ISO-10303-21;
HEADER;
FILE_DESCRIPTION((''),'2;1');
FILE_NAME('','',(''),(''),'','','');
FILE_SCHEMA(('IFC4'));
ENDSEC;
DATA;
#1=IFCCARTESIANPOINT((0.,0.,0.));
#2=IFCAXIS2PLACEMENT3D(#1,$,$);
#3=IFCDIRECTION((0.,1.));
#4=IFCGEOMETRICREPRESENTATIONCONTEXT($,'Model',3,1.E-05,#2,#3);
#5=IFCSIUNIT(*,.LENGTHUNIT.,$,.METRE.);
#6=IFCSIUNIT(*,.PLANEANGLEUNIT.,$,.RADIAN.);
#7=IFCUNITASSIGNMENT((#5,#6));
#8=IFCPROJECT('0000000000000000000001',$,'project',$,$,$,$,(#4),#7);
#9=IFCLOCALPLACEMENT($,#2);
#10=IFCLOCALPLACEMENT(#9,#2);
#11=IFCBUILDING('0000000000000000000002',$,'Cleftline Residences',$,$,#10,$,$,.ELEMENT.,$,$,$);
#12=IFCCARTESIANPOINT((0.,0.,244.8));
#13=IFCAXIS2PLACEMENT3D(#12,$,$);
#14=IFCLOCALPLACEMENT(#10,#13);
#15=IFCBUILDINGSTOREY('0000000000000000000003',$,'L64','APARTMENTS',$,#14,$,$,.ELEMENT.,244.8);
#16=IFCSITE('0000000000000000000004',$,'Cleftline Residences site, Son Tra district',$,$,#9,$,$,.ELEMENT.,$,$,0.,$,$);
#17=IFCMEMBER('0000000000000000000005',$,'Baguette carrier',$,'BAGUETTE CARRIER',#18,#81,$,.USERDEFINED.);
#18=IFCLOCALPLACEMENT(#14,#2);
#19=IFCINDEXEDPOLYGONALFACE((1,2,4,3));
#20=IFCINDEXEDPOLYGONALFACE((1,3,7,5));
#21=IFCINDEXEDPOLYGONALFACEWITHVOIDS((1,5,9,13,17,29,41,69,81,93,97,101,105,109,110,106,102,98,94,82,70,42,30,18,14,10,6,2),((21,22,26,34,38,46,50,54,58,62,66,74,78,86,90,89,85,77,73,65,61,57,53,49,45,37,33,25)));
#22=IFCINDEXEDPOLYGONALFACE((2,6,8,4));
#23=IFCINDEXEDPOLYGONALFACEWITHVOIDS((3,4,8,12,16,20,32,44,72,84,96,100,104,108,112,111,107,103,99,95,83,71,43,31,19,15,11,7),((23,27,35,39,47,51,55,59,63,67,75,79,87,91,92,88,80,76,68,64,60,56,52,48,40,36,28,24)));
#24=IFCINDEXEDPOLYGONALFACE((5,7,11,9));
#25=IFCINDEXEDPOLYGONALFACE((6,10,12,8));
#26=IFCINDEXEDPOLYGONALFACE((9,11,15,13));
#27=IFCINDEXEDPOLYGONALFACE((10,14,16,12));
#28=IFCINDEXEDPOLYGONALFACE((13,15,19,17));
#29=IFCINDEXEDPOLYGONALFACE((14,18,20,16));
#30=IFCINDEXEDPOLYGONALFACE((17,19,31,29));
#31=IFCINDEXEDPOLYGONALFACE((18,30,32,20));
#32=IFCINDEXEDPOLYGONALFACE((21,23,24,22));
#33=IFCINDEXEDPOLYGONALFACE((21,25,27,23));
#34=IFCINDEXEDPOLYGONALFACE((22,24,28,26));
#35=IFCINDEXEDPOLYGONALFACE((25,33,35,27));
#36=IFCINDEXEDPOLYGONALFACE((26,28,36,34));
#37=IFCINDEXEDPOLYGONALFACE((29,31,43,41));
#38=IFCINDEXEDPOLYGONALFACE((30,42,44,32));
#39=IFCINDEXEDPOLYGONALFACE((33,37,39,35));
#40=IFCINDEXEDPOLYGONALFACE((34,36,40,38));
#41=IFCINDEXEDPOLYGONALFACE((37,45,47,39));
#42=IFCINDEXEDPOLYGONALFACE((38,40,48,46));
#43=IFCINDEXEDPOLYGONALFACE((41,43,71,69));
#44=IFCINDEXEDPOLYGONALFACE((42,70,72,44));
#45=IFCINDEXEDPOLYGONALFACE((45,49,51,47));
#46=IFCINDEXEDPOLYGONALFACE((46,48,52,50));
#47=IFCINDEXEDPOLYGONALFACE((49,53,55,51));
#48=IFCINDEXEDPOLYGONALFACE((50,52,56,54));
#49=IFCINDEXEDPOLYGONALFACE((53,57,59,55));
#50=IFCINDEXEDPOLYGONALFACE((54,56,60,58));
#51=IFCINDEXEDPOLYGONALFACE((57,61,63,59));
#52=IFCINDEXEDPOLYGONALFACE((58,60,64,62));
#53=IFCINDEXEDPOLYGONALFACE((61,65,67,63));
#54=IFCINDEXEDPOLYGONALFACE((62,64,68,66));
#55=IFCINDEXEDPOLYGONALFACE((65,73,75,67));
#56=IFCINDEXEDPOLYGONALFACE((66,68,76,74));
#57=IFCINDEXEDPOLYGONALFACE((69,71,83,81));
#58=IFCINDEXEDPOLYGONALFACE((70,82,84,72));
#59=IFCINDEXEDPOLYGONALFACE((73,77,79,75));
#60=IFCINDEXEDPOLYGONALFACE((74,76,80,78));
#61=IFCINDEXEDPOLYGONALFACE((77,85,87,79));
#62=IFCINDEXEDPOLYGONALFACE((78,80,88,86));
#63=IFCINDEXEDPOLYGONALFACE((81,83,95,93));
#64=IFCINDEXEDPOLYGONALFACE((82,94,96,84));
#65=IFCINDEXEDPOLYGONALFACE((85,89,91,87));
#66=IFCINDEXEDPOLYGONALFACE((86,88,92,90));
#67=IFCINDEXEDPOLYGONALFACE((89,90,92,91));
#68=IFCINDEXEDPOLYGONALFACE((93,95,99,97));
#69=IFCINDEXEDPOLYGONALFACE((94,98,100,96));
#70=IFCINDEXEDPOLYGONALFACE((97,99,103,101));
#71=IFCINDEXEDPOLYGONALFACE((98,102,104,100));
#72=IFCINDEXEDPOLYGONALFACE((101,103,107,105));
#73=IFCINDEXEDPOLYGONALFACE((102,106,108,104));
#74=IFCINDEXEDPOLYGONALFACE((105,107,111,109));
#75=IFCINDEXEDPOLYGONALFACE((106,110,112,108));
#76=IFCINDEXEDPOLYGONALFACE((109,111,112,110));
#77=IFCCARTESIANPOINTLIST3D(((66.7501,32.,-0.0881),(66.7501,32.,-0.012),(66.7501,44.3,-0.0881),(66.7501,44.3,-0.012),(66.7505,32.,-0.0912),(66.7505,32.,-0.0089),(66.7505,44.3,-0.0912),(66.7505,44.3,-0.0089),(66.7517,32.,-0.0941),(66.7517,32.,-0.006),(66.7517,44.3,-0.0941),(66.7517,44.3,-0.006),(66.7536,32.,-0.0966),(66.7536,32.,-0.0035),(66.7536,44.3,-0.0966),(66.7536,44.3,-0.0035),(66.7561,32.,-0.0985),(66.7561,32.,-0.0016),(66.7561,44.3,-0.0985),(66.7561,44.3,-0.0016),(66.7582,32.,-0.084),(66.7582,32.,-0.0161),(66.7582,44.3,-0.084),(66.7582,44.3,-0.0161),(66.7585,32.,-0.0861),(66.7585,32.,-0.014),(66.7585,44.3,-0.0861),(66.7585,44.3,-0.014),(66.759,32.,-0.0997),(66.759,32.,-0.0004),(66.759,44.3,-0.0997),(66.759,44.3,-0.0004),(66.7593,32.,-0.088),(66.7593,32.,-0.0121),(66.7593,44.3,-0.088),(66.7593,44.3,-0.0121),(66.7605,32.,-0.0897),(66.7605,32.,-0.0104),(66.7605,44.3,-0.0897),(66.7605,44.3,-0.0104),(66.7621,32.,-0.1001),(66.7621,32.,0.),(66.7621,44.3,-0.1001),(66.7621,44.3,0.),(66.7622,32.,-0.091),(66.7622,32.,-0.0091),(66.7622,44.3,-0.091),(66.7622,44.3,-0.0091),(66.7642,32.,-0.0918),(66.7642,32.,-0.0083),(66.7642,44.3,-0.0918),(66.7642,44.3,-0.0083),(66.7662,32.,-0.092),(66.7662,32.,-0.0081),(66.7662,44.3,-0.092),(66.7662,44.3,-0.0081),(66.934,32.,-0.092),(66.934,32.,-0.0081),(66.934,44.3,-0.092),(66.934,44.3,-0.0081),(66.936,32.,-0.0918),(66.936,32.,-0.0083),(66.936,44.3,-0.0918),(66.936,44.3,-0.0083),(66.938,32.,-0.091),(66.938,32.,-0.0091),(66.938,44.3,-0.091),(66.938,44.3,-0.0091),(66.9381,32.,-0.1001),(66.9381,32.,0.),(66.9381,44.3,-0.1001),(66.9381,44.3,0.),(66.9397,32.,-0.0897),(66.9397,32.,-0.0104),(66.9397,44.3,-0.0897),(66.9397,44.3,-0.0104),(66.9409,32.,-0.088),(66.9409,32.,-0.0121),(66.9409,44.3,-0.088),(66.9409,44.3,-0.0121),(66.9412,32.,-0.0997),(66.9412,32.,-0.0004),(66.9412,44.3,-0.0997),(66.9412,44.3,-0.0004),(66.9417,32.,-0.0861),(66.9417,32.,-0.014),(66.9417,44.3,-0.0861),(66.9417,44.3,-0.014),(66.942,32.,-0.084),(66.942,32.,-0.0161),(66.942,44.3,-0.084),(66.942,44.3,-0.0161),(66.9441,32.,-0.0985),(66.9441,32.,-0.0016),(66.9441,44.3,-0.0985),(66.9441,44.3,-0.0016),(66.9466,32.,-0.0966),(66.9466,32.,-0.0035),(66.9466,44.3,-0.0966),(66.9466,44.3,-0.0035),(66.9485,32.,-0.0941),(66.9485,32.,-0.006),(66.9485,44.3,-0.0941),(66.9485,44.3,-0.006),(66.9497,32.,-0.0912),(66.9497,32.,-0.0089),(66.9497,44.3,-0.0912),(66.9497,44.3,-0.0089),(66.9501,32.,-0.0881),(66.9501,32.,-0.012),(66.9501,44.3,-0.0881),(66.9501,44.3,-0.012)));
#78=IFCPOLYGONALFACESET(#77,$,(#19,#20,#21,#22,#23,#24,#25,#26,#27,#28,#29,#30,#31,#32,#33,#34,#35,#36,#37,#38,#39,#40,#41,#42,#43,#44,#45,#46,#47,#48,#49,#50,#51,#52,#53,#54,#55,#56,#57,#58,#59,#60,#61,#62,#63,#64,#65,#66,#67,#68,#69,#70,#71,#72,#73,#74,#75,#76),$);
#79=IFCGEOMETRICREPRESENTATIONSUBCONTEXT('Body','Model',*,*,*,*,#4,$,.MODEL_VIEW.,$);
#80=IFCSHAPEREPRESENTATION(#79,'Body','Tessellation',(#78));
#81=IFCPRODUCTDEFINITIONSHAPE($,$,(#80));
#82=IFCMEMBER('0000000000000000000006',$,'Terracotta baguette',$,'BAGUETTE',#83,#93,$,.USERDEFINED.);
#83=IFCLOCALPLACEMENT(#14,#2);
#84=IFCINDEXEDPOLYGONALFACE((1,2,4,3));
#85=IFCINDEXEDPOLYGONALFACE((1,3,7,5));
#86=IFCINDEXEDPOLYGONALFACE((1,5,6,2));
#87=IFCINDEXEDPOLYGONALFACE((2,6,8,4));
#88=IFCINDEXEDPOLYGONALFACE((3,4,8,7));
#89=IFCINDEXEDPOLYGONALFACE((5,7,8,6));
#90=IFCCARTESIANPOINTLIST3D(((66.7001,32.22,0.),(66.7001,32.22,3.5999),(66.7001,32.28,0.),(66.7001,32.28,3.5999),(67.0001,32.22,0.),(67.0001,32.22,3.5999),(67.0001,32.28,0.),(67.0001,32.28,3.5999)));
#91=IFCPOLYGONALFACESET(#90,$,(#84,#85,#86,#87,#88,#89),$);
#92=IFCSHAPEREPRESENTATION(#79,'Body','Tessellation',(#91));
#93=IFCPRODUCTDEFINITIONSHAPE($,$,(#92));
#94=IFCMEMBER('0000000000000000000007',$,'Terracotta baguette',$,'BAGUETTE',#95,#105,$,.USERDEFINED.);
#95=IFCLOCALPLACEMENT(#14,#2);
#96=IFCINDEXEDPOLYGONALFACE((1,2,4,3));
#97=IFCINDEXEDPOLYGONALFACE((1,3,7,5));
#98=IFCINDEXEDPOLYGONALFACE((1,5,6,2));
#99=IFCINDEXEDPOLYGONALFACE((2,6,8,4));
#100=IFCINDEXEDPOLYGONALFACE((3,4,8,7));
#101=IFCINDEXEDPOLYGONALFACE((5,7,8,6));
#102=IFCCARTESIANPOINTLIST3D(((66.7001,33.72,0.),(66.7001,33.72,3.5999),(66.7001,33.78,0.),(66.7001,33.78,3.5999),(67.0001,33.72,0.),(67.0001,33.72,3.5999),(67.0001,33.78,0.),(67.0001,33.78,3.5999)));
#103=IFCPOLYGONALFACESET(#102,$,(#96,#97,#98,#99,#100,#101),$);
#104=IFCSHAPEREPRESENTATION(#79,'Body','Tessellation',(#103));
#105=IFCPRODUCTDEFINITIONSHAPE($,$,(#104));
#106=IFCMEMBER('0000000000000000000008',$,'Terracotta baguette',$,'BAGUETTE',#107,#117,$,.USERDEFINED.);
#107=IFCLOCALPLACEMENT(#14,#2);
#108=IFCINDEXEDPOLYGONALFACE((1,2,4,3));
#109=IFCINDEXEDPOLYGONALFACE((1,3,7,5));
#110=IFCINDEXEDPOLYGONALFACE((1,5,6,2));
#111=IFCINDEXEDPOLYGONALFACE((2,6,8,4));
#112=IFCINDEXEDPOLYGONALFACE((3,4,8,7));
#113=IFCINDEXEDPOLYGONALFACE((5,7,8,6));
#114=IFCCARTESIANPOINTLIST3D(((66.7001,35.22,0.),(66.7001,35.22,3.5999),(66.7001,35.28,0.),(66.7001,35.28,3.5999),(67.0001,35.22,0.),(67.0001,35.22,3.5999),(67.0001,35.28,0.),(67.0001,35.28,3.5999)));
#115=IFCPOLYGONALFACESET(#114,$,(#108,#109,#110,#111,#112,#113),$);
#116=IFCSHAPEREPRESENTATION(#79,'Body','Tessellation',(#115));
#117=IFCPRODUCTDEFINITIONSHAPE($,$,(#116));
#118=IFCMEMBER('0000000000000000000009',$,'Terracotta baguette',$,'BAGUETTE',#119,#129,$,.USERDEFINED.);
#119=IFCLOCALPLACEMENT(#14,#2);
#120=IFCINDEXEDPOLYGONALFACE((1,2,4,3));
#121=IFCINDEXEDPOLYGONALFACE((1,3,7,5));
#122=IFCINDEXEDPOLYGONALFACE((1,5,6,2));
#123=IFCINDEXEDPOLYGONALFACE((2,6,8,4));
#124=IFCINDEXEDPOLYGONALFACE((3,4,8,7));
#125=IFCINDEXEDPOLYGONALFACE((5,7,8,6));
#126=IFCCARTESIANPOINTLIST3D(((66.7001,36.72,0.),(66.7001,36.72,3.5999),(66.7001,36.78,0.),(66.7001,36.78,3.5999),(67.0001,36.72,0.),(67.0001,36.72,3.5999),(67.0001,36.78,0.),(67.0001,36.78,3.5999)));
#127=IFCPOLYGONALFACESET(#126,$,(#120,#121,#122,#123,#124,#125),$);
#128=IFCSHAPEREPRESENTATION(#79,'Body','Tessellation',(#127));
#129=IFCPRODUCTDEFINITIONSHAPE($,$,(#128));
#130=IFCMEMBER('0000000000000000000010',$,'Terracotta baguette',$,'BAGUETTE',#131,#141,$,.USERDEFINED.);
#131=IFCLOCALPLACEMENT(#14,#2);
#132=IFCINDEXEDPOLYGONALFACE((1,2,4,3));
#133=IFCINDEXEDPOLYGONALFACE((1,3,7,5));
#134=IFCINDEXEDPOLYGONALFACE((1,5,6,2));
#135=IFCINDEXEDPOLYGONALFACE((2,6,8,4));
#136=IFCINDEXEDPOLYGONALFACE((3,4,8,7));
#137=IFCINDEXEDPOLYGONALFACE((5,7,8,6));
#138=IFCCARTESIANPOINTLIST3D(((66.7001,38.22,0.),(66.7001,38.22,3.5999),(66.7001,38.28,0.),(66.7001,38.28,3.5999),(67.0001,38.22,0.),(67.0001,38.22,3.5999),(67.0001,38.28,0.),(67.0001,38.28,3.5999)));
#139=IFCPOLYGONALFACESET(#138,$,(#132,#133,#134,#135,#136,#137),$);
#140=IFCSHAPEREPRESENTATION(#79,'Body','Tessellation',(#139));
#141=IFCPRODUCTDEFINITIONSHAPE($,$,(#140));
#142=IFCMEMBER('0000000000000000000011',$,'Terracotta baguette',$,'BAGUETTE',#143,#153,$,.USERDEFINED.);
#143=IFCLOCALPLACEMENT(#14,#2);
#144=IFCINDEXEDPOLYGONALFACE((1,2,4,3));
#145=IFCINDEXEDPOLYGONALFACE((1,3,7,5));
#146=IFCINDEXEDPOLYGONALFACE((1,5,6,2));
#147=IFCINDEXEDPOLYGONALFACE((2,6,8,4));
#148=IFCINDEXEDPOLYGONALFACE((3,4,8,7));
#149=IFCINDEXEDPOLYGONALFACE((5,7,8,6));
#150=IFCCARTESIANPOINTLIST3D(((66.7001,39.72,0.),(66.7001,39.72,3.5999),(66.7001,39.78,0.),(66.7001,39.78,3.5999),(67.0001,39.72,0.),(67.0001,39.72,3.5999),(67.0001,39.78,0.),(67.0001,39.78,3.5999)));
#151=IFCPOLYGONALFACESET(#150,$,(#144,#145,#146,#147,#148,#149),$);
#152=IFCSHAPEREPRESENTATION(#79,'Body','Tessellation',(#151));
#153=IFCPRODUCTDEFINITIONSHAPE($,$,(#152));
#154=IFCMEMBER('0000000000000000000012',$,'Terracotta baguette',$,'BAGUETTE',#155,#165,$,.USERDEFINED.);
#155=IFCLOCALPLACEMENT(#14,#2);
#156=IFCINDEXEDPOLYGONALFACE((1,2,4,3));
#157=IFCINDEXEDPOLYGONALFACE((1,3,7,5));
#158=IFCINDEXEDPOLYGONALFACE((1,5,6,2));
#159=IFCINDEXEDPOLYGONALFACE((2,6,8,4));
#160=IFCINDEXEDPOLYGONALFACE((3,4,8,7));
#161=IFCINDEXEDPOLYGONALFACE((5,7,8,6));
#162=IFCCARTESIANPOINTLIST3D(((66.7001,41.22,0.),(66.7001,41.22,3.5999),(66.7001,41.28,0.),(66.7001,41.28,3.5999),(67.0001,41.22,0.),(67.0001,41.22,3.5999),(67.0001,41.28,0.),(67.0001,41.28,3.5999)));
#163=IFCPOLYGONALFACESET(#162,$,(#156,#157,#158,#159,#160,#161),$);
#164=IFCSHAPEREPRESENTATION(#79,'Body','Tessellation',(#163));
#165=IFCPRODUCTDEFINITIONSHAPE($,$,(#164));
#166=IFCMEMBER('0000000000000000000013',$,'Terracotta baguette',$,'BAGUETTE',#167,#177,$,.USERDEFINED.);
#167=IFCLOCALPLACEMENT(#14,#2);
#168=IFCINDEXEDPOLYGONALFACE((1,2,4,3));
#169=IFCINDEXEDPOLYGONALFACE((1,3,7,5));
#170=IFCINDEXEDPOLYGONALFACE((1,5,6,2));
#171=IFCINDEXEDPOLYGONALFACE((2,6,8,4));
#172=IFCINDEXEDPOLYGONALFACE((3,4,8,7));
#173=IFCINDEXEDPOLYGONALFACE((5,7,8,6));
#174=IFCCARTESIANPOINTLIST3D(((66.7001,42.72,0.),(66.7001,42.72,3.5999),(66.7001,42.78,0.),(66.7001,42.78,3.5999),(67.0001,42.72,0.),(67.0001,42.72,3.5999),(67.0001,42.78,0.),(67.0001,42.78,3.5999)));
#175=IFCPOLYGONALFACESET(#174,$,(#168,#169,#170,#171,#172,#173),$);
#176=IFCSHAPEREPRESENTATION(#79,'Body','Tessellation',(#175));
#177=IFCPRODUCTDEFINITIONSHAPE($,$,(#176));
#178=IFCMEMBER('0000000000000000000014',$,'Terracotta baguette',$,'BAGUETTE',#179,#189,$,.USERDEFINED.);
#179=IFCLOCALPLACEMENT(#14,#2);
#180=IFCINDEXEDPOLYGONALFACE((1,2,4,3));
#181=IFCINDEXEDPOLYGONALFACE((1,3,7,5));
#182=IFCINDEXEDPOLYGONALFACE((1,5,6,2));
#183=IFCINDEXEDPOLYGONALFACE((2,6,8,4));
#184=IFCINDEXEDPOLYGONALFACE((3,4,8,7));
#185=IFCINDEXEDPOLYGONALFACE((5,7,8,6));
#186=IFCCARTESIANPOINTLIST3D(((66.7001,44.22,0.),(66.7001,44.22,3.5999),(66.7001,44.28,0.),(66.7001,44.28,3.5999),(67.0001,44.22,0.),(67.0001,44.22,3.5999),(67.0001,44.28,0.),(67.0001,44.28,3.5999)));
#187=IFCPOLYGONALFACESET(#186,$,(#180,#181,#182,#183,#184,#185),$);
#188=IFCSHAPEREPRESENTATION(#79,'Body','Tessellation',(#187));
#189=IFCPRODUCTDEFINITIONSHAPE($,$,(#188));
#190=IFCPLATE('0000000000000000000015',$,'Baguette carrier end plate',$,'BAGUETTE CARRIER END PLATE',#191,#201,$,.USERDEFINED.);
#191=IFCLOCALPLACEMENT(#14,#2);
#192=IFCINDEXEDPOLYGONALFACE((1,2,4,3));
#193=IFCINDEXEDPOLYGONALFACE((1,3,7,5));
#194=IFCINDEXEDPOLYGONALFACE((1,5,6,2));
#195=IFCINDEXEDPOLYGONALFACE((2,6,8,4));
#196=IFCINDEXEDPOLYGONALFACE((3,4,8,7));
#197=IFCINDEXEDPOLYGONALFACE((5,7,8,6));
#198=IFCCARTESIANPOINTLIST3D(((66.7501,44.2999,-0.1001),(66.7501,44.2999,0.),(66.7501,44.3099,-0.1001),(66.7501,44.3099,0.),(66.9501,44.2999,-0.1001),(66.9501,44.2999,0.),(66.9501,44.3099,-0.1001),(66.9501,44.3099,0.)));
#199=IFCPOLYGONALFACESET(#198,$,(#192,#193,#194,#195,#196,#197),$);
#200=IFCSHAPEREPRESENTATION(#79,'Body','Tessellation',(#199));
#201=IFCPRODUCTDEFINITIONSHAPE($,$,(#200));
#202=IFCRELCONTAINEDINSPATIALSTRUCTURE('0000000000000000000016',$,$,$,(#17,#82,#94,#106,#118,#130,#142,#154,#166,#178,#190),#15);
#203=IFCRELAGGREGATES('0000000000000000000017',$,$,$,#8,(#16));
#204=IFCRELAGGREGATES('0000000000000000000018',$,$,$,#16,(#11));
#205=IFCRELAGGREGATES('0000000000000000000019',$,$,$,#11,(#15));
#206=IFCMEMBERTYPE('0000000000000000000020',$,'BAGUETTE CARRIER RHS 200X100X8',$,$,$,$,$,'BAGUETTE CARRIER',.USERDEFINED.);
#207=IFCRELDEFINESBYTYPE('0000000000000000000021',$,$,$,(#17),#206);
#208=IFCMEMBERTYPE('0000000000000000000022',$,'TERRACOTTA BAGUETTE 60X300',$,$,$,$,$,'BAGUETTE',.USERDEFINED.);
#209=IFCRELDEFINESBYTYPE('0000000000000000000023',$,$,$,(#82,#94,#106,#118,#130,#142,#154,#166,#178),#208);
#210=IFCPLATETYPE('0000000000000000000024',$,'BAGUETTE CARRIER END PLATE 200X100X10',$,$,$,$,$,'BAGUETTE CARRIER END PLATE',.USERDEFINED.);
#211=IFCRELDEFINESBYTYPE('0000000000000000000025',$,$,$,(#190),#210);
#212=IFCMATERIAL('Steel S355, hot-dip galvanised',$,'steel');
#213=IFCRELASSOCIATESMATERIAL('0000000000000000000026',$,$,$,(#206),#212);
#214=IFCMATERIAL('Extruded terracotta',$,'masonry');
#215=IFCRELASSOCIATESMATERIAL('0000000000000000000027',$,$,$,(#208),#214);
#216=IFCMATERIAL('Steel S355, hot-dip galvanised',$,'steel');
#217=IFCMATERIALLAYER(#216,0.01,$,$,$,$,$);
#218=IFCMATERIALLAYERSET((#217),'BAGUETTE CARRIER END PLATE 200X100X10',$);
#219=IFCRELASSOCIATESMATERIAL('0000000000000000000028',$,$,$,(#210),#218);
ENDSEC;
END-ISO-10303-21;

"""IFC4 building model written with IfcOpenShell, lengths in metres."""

from ifc_helpers import new_model, si_unit, direction, frame, origin, origin_2d, place, context, subcontext, project, spatial, rectangle, hollow_rectangle, extrude, material, layer, layer_set, material_profile, profile_set, type_object, element, save


model = new_model("IFC4")

# Units and contexts
model_context = context("Model", 3, precision=1e-05, world=origin(), true_north=direction((0.0, 1.0)))
body_context = subcontext(model_context, "Body", "Model", "MODEL_VIEW")
ifc_project = project(units=[si_unit("LENGTHUNIT", "METRE"), si_unit("PLANEANGLEUNIT", "RADIAN")], contexts=[model_context])

# Site, building, storey
site_placement = place(None, origin())
site = spatial("IfcSite", under=ifc_project, at=site_placement, Name="Cleftline Residences site, Son Tra district", CompositionType="ELEMENT", RefElevation=0.0)
building_placement = place(site_placement, origin())
building = spatial("IfcBuilding", under=site, at=building_placement, Name="Cleftline Residences", CompositionType="ELEMENT")
storey_placement = place(building_placement, frame((0.0, 0.0, 244.8)))
storey = spatial("IfcBuildingStorey", under=building, at=storey_placement, Name="L64", Description="APARTMENTS", CompositionType="ELEMENT", Elevation=244.8)

# Members
ifc_material_1 = material(Name="Steel S355, hot-dip galvanised", Category="steel")
ifc_material_profile_1 = material_profile(ifc_material_1, hollow_rectangle(XDim=0.1001, YDim=0.2, WallThickness=0.0081, InnerFilletRadius=0.0081, OuterFilletRadius=0.012, at=origin_2d()))
ifc_profile_set_1 = profile_set([ifc_material_profile_1], Name="Steel S355, hot-dip galvanised")
member_type_1 = type_object("IfcMemberType", Name="BAGUETTE CARRIER RHS 200X100X8", ElementType="BAGUETTE CARRIER", PredefinedType="USERDEFINED", material=ifc_profile_set_1)
member_placement = place(storey_placement, frame((66.8501, 32.0, -0.05), z_axis=(0.0, 1.0, 0.0), x_axis=(0.0, 0.0, 1.0)))
element("IfcMember", 1, at=member_placement, inside=storey, type_object=member_type_1, Name="Baguette carrier", ObjectType="BAGUETTE CARRIER", PredefinedType="USERDEFINED", context=body_context, shape_type="SweptSolid", body=[
    extrude(hollow_rectangle(XDim=0.1001, YDim=0.2, WallThickness=0.0081, InnerFilletRadius=0.0081, OuterFilletRadius=0.012, at=origin_2d()), origin(), (0.0, 0.0, 1.0), 12.3),
])
ifc_material_2 = material(Name="Extruded terracotta", Category="masonry")
ifc_material_profile_2 = material_profile(ifc_material_2, rectangle(XDim=0.0601, YDim=0.3, at=origin_2d()))
ifc_profile_set_2 = profile_set([ifc_material_profile_2], Name="Extruded terracotta")
member_type_2 = type_object("IfcMemberType", Name="TERRACOTTA BAGUETTE 60X300", ElementType="BAGUETTE", PredefinedType="USERDEFINED", material=ifc_profile_set_2)
for number, where, z_axis, x_axis, name in (
    (2, (66.8501, 32.25, 0.0), (0.0, 0.0, 1.0), (0.0, 1.0, 0.0), "Terracotta baguette"),
    (3, (66.8501, 33.75, 0.0), (0.0, 0.0, 1.0), (0.0, 1.0, 0.0), "Terracotta baguette"),
    (4, (66.8501, 35.25, 0.0), (0.0, 0.0, 1.0), (0.0, 1.0, 0.0), "Terracotta baguette"),
    (5, (66.8501, 36.75, 0.0), (0.0, 0.0, 1.0), (0.0, 1.0, 0.0), "Terracotta baguette"),
    (6, (66.8501, 38.25, 0.0), (0.0, 0.0, 1.0), (0.0, 1.0, 0.0), "Terracotta baguette"),
    (7, (66.8501, 39.75, 0.0), (0.0, 0.0, 1.0), (0.0, 1.0, 0.0), "Terracotta baguette"),
    (8, (66.8501, 41.25, 0.0), (0.0, 0.0, 1.0), (0.0, 1.0, 0.0), "Terracotta baguette"),
    (9, (66.8501, 42.75, 0.0), (0.0, 0.0, 1.0), (0.0, 1.0, 0.0), "Terracotta baguette"),
    (10, (66.8501, 44.25, 0.0), (0.0, 0.0, 1.0), (0.0, 1.0, 0.0), "Terracotta baguette"),
):
    element("IfcMember", number, at=place(storey_placement, frame(where, z_axis=z_axis, x_axis=x_axis)), inside=storey, type_object=member_type_2, Name=name, ObjectType="BAGUETTE", PredefinedType="USERDEFINED", context=body_context, shape_type="SweptSolid", body=[
        extrude(rectangle(XDim=0.0601, YDim=0.3, at=origin_2d()), origin(), (0.0, 0.0, 1.0), 3.5999),
    ])

# Plate
ifc_material_3 = material(Name="Steel S355, hot-dip galvanised", Category="steel")
ifc_layer_1 = layer(ifc_material_3, 0.01)
ifc_layer_set_1 = layer_set([ifc_layer_1], Name="BAGUETTE CARRIER END PLATE 200X100X10")
plate_type = type_object("IfcPlateType", Name="BAGUETTE CARRIER END PLATE 200X100X10", ElementType="BAGUETTE CARRIER END PLATE", PredefinedType="USERDEFINED", material=ifc_layer_set_1)
plate_placement = place(storey_placement, frame((66.8501, 44.3049, -0.1001), z_axis=(0.0, 0.0, 1.0), x_axis=(1.0, 0.0, 0.0)))
element("IfcPlate", 11, at=plate_placement, inside=storey, type_object=plate_type, Name="Baguette carrier end plate", ObjectType="BAGUETTE CARRIER END PLATE", PredefinedType="USERDEFINED", context=body_context, shape_type="SweptSolid", body=[
    extrude(rectangle(XDim=0.2, YDim=0.01, at=origin_2d()), origin(), (0.0, 0.0, 1.0), 0.1001),
])

save(model, "model.ifc")
